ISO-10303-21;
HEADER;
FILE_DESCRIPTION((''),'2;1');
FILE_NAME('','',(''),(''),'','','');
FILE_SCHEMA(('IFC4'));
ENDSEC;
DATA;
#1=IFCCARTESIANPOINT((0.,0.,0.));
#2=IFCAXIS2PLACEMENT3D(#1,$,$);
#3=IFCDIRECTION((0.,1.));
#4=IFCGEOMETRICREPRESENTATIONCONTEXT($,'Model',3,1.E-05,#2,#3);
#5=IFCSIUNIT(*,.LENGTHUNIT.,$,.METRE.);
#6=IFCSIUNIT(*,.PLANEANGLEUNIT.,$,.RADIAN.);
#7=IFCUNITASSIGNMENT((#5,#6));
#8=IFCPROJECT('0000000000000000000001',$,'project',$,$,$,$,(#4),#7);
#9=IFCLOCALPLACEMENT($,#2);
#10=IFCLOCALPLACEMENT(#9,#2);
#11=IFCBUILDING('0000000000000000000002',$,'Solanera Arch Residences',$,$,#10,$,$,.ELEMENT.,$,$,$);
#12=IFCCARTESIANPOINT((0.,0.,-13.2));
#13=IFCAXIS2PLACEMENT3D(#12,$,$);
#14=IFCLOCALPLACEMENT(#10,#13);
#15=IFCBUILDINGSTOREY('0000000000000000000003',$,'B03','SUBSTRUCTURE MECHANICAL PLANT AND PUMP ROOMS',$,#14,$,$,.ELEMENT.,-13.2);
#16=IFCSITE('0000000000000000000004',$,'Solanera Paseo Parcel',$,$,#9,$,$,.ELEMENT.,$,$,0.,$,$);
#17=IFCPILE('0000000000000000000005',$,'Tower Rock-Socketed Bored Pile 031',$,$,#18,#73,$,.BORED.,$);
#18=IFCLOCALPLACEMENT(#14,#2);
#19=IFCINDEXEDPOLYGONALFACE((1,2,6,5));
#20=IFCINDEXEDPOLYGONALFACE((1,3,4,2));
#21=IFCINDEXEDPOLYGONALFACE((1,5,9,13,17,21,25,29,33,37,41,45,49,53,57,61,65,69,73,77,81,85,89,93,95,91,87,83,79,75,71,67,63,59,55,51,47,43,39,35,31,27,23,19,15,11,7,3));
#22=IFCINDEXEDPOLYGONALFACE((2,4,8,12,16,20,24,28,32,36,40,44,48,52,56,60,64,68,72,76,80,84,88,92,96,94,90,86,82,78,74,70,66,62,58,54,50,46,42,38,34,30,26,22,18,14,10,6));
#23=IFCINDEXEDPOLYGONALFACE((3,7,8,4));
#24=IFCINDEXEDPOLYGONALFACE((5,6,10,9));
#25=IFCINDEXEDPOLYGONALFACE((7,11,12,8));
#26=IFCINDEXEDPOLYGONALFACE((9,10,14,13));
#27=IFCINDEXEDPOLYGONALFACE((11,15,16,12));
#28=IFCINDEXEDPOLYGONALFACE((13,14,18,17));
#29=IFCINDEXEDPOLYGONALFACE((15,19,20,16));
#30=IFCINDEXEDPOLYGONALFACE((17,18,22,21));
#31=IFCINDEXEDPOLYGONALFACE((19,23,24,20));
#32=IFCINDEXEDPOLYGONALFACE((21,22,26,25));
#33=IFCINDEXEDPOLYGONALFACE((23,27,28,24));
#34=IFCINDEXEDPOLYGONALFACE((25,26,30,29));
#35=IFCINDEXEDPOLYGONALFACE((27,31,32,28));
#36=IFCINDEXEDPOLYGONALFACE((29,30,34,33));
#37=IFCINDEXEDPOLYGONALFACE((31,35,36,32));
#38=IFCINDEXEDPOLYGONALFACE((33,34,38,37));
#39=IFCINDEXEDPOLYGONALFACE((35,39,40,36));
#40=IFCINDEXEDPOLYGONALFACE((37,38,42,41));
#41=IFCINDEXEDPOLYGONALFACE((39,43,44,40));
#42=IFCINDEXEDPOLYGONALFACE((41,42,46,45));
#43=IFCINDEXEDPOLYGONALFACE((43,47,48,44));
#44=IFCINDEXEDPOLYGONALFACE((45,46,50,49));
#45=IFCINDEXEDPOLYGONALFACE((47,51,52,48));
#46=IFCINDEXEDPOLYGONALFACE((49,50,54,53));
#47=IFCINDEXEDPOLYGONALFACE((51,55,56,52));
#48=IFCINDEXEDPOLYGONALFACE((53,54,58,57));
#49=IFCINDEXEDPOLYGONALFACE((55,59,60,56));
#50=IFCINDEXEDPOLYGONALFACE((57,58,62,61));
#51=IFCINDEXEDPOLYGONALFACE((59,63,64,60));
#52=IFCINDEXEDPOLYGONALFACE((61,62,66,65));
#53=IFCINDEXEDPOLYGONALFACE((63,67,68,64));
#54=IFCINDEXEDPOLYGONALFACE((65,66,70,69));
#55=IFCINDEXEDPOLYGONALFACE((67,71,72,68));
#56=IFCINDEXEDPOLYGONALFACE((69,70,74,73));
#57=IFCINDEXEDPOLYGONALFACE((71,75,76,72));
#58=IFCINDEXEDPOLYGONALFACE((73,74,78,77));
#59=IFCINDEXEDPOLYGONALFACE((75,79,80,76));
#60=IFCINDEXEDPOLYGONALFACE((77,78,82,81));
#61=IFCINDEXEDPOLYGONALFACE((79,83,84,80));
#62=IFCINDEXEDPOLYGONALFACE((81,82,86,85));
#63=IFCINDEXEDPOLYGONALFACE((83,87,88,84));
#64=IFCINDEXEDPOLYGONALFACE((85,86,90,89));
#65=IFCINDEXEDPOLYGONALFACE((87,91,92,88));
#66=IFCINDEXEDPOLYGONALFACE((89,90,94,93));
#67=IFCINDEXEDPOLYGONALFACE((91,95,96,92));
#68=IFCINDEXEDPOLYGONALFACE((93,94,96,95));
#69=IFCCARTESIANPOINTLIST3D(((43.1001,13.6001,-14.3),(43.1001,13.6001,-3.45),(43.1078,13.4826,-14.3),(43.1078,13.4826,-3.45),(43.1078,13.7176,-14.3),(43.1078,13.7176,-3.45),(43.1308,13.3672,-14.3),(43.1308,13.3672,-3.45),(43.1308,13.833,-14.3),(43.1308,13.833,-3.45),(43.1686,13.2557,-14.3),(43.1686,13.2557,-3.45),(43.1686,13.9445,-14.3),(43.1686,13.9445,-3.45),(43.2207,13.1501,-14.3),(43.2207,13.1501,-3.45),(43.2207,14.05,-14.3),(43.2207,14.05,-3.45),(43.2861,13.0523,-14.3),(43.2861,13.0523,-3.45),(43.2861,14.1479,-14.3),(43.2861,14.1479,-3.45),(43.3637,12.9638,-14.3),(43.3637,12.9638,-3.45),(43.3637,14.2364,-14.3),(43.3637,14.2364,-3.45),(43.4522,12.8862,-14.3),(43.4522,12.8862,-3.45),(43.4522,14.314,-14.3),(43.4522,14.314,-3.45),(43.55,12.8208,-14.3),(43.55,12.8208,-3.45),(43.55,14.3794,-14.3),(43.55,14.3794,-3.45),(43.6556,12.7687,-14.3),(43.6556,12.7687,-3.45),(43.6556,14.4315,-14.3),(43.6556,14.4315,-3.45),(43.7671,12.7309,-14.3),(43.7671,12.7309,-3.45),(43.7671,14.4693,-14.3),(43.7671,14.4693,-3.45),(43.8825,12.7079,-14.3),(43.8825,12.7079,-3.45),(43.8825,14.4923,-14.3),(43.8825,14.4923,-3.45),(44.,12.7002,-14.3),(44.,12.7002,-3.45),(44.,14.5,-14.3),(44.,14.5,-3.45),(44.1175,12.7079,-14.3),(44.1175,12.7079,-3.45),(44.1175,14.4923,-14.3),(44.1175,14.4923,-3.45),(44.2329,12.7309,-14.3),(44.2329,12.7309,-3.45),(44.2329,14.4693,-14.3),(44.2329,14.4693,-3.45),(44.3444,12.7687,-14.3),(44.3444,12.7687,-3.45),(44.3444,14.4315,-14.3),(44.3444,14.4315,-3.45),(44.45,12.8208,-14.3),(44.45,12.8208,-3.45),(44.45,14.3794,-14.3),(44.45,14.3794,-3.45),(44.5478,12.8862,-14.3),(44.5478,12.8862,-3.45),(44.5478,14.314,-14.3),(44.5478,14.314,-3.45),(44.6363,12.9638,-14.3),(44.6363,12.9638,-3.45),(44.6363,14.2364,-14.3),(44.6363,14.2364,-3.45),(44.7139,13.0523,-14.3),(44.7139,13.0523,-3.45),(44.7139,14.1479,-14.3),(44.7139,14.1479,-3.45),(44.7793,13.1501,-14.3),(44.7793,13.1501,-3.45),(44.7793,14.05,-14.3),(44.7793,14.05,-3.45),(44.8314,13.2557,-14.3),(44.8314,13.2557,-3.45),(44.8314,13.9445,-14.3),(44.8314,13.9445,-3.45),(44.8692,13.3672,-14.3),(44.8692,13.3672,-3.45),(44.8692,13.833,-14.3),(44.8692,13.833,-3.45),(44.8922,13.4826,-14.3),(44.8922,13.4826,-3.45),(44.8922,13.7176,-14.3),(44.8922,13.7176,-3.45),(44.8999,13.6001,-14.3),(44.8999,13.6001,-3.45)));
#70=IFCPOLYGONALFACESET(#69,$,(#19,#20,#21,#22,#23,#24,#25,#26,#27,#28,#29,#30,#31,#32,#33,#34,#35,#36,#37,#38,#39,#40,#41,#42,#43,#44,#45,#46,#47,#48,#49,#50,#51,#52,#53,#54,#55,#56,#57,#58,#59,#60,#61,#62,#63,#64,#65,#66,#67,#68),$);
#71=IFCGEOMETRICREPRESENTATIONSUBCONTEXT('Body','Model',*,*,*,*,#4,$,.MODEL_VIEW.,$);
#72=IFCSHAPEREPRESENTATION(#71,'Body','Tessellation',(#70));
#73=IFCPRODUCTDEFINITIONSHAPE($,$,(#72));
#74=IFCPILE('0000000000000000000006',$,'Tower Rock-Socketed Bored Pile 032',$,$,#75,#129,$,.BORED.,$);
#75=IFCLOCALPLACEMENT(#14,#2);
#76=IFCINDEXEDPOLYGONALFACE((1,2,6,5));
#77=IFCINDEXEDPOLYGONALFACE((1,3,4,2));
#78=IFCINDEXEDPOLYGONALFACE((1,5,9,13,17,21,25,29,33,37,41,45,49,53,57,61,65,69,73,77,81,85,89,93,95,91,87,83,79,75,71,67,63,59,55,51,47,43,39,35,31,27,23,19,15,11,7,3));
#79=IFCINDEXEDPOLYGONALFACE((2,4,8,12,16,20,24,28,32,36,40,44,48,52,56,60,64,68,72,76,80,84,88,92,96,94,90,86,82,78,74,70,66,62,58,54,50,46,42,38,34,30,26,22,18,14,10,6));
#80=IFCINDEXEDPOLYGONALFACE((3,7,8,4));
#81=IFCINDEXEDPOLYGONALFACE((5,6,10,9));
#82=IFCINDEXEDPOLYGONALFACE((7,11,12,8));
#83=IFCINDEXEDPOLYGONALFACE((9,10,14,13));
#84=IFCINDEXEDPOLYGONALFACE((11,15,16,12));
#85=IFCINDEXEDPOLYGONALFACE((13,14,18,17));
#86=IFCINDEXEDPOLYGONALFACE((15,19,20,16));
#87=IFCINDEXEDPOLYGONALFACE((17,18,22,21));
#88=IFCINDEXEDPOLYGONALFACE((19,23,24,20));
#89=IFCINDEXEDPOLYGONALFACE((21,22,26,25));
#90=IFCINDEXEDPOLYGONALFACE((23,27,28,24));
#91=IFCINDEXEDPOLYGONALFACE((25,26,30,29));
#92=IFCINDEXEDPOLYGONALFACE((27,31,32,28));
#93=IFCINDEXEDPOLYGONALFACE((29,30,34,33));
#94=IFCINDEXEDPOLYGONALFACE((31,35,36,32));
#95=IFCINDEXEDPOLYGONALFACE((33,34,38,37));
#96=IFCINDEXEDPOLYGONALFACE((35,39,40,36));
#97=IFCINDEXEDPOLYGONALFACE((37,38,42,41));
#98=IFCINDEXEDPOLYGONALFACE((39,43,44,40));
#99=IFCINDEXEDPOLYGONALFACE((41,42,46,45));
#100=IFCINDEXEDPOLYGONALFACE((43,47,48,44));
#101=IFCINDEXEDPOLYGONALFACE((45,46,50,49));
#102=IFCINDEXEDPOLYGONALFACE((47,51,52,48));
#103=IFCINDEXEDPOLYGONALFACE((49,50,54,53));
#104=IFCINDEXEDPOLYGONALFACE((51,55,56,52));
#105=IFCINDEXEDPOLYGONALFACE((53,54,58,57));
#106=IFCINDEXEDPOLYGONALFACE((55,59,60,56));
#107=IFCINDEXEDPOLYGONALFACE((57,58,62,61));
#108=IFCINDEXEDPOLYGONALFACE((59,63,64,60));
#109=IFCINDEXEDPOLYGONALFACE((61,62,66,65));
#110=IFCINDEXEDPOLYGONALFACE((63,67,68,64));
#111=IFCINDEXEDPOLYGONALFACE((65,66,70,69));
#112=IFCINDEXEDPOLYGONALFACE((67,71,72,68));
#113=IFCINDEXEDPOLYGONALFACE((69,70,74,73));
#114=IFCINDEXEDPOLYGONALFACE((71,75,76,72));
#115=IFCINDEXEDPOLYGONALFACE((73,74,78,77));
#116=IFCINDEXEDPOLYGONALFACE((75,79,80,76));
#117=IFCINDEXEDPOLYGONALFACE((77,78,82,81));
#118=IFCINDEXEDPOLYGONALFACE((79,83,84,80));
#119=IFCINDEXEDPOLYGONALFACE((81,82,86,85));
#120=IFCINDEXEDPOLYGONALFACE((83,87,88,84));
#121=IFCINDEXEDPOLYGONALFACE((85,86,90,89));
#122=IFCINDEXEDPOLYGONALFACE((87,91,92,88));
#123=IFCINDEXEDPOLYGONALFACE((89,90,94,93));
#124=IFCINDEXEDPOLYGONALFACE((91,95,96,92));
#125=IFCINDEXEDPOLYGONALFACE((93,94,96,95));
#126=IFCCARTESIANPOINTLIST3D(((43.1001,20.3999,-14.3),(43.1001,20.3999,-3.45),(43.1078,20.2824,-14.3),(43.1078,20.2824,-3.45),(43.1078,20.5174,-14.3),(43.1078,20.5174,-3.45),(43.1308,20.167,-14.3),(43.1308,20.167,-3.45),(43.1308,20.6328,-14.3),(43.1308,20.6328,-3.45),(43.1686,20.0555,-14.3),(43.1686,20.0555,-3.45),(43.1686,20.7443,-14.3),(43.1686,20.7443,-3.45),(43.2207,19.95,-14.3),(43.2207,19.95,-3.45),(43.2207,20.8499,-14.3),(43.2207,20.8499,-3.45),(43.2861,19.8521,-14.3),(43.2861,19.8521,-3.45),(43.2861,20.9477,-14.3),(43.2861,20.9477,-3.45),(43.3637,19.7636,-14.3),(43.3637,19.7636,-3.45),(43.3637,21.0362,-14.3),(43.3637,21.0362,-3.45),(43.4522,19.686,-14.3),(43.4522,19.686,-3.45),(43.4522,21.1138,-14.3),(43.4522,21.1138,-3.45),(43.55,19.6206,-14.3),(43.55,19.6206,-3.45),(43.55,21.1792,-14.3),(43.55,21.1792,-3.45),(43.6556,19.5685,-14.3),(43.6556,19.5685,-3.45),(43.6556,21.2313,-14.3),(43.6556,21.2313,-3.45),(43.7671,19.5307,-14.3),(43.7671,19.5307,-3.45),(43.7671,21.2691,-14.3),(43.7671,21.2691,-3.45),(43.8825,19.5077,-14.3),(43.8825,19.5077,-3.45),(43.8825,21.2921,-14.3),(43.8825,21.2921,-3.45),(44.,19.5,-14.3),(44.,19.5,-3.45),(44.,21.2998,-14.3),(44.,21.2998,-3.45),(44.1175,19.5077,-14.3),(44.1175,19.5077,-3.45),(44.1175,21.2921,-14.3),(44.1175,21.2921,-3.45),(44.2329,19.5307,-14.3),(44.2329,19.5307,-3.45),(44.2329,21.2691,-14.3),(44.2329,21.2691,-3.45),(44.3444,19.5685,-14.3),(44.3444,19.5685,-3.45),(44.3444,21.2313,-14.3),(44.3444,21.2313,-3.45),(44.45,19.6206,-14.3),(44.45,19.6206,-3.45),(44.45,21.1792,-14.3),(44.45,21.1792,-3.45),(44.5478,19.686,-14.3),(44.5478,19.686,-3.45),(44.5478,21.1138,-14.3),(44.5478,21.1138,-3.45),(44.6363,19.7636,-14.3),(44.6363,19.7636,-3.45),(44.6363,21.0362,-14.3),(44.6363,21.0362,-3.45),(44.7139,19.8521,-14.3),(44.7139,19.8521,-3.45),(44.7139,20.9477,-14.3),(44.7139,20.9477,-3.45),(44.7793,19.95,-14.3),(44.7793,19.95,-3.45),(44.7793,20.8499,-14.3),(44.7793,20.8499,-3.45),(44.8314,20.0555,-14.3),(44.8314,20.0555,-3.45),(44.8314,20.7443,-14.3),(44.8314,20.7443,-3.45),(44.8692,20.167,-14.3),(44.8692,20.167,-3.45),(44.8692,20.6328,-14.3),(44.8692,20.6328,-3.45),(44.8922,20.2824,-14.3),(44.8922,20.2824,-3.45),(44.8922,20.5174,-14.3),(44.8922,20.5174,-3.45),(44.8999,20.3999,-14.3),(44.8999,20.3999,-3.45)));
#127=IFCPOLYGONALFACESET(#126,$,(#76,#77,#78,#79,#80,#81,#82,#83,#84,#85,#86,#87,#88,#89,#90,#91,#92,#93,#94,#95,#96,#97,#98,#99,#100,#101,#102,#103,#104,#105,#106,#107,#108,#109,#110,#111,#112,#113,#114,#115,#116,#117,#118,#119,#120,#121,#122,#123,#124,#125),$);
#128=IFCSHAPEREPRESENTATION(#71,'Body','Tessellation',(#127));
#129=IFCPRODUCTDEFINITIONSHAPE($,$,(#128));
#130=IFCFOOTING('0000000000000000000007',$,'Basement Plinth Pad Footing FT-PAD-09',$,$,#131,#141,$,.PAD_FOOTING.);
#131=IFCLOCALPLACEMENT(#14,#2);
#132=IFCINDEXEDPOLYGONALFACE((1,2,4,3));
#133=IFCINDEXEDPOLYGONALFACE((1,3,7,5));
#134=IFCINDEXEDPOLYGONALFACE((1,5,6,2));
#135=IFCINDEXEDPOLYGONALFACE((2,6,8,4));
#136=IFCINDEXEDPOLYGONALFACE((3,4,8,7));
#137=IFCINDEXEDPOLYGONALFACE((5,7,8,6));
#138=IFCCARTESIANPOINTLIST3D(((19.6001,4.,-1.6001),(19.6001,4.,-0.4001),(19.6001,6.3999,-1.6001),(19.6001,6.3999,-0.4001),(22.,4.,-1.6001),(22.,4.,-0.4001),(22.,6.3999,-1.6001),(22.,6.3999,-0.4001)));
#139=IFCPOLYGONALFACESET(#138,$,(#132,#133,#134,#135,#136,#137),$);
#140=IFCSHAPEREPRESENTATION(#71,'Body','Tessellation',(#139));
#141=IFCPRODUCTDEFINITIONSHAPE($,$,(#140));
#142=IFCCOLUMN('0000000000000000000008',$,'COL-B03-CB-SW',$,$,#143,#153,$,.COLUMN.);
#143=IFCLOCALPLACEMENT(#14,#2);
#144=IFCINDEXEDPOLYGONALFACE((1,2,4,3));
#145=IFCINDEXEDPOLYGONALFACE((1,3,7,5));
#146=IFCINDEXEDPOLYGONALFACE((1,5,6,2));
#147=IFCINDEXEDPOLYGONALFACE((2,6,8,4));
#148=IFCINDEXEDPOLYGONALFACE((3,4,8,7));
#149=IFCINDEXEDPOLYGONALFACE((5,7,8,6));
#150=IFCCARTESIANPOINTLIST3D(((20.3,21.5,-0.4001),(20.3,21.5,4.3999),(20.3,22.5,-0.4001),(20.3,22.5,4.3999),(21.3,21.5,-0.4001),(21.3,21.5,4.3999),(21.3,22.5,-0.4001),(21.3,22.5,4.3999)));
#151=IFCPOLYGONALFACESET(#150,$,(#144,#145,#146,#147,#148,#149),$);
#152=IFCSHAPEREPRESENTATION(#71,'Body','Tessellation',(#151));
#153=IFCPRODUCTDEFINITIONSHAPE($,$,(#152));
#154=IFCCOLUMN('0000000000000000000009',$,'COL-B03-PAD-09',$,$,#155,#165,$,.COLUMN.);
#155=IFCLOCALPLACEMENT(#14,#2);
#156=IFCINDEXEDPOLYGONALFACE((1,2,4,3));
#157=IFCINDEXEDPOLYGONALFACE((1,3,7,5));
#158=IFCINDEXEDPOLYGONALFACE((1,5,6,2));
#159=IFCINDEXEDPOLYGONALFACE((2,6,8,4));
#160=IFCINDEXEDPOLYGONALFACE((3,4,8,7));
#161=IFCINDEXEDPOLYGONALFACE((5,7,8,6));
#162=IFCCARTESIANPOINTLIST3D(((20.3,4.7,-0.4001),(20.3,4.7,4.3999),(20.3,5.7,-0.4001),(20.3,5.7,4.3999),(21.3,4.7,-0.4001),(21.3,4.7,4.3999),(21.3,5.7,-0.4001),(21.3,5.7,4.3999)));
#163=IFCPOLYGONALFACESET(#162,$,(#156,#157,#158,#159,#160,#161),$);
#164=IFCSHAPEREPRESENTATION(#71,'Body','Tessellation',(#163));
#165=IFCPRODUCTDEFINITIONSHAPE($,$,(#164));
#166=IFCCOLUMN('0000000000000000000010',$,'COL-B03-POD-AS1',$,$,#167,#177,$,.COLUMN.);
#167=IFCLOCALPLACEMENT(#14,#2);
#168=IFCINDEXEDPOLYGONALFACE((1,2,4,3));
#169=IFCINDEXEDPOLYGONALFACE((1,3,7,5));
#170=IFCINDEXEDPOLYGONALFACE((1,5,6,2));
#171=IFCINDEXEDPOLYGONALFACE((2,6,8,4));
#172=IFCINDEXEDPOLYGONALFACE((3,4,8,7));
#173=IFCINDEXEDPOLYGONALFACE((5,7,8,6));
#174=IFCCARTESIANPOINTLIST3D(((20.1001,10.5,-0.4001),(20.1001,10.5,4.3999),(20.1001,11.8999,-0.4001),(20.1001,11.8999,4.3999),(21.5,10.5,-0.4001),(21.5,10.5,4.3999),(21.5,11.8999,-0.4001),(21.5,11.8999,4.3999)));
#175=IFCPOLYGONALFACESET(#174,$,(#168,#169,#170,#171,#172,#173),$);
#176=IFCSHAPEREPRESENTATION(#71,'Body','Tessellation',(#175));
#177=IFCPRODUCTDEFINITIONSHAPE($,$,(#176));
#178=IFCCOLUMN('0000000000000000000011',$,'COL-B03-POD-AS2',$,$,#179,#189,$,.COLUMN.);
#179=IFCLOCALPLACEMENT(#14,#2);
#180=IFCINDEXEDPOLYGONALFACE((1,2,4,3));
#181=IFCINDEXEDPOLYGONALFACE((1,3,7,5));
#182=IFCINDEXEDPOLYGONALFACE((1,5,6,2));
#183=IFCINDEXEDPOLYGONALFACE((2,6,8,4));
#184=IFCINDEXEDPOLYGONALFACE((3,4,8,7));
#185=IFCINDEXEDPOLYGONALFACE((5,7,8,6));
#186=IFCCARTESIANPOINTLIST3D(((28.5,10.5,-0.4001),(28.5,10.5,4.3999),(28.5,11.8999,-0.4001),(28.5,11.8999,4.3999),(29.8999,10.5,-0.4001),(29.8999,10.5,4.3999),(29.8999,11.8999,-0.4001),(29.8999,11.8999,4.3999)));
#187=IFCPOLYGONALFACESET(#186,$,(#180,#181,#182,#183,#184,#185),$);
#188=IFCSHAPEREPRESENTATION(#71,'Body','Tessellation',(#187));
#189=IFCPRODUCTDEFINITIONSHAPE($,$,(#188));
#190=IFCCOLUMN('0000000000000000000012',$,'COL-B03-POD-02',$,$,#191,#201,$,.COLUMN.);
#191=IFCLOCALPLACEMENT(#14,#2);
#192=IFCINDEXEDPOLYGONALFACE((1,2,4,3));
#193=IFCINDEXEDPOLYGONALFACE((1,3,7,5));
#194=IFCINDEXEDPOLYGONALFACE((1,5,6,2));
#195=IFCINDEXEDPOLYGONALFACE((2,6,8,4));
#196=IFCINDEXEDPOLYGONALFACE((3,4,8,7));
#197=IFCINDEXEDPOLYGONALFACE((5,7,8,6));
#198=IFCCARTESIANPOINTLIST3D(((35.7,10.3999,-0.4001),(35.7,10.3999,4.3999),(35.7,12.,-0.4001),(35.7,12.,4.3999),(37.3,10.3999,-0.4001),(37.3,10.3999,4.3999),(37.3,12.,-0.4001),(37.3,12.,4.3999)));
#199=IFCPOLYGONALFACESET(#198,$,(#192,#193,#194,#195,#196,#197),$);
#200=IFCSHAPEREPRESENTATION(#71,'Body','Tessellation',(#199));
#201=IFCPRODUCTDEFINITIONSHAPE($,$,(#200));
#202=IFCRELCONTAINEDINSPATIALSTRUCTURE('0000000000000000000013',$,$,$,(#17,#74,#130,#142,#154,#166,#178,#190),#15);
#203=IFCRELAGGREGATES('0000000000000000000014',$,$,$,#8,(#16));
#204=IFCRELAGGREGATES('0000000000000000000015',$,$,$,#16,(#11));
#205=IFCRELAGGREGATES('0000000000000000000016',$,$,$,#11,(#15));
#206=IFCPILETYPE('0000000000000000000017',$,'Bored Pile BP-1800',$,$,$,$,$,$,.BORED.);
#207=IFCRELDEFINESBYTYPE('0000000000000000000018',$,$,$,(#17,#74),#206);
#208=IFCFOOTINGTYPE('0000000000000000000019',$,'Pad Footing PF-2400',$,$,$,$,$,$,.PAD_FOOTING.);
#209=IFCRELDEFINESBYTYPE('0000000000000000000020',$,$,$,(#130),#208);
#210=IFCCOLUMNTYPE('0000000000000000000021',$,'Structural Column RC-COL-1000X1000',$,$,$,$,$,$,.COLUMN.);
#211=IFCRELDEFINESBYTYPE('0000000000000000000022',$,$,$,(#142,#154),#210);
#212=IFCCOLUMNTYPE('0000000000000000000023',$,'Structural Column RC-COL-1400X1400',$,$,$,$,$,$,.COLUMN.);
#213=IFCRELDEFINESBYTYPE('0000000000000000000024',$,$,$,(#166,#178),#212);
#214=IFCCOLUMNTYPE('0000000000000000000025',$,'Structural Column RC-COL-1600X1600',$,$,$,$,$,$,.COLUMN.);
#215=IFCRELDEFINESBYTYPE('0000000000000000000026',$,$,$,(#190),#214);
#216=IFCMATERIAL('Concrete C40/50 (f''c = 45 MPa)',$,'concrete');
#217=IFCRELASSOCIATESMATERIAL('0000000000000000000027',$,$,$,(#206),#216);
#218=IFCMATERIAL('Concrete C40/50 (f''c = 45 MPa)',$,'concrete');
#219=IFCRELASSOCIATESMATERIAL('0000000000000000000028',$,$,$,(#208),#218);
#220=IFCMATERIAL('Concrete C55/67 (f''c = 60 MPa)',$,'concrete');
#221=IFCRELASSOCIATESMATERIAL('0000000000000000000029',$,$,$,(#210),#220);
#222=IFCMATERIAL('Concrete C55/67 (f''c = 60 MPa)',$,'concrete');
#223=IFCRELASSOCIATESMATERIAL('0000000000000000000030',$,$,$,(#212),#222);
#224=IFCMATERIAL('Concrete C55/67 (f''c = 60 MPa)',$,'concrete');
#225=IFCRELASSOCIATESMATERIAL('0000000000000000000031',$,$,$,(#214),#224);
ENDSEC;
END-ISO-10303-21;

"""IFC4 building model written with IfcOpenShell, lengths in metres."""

from ifc_helpers import new_model, si_unit, direction, frame, origin, origin_2d, place, context, subcontext, project, spatial, rectangle, circle, extrude, material, material_profile, profile_set, type_object, element, save


model = new_model("IFC4")

# Units and contexts
model_context = context("Model", 3, precision=1e-05, world=origin(), true_north=direction((0.0, 1.0)))
body_context = subcontext(model_context, "Body", "Model", "MODEL_VIEW")
ifc_project = project(units=[si_unit("LENGTHUNIT", "METRE"), si_unit("PLANEANGLEUNIT", "RADIAN")], contexts=[model_context])

# Site, building, storey
site_placement = place(None, origin())
site = spatial("IfcSite", under=ifc_project, at=site_placement, Name="Solanera Paseo Parcel", CompositionType="ELEMENT", RefElevation=0.0)
building_placement = place(site_placement, origin())
building = spatial("IfcBuilding", under=site, at=building_placement, Name="Solanera Arch Residences", CompositionType="ELEMENT")
storey_placement = place(building_placement, frame((0.0, 0.0, -13.2)))
storey = spatial("IfcBuildingStorey", under=building, at=storey_placement, Name="B03", Description="SUBSTRUCTURE MECHANICAL PLANT AND PUMP ROOMS", CompositionType="ELEMENT", Elevation=-13.2)

# Piles
ifc_material_1 = material(Name="Concrete C40/50 (f'c = 45 MPa)", Category="concrete")
ifc_material_profile_1 = material_profile(ifc_material_1, circle(Radius=0.8999, at=origin_2d()))
ifc_profile_set_1 = profile_set([ifc_material_profile_1], Name="Concrete C40/50 (f'c = 45 MPa)")
pile_type = type_object("IfcPileType", Name="Bored Pile BP-1800", PredefinedType="BORED", material=ifc_profile_set_1)
for number, where, z_axis, x_axis, name in (
    (1, (44.0, 13.6001, -3.45), (0.0, 0.0, -1.0), (1.0, 0.0, 0.0), "Tower Rock-Socketed Bored Pile 031"),
    (2, (44.0, 20.3999, -3.45), (0.0, 0.0, -1.0), (1.0, 0.0, 0.0), "Tower Rock-Socketed Bored Pile 032"),
):
    element("IfcPile", number, at=place(storey_placement, frame(where, z_axis=z_axis, x_axis=x_axis)), inside=storey, type_object=pile_type, Name=name, PredefinedType="BORED", context=body_context, shape_type="SweptSolid", body=[
        extrude(circle(Radius=0.8999, at=origin_2d()), origin(), (0.0, 0.0, 1.0), 10.8501),
    ])

# Footing
ifc_material_2 = material(Name="Concrete C40/50 (f'c = 45 MPa)", Category="concrete")
footing_type = type_object("IfcFootingType", Name="Pad Footing PF-2400", PredefinedType="PAD_FOOTING", material=ifc_material_2)
footing_placement = place(storey_placement, frame((20.8, 5.2, -1.6001), z_axis=(0.0, 0.0, 1.0), x_axis=(1.0, 0.0, 0.0)))
element("IfcFooting", 3, at=footing_placement, inside=storey, type_object=footing_type, Name="Basement Plinth Pad Footing FT-PAD-09", PredefinedType="PAD_FOOTING", context=body_context, shape_type="SweptSolid", body=[
    extrude(rectangle(XDim=2.3999, YDim=2.3999, at=origin_2d()), origin(), (0.0, 0.0, 1.0), 1.2),
])

# Columns
ifc_material_3 = material(Name="Concrete C55/67 (f'c = 60 MPa)", Category="concrete")
ifc_material_profile_2 = material_profile(ifc_material_3, rectangle(XDim=1.0, YDim=1.0, at=origin_2d()))
ifc_profile_set_2 = profile_set([ifc_material_profile_2], Name="Concrete C55/67 (f'c = 60 MPa)")
column_type_1 = type_object("IfcColumnType", Name="Structural Column RC-COL-1000X1000", PredefinedType="COLUMN", material=ifc_profile_set_2)
for number, where, z_axis, x_axis, name in (
    (4, (20.8, 22.0, -0.4001), (0.0, 0.0, 1.0), (1.0, 0.0, 0.0), "COL-B03-CB-SW"),
    (5, (20.8, 5.2, -0.4001), (0.0, 0.0, 1.0), (1.0, 0.0, 0.0), "COL-B03-PAD-09"),
):
    element("IfcColumn", number, at=place(storey_placement, frame(where, z_axis=z_axis, x_axis=x_axis)), inside=storey, type_object=column_type_1, Name=name, PredefinedType="COLUMN", context=body_context, shape_type="SweptSolid", body=[
        extrude(rectangle(XDim=1.0, YDim=1.0, at=origin_2d()), origin(), (0.0, 0.0, 1.0), 4.8),
    ])
ifc_material_4 = material(Name="Concrete C55/67 (f'c = 60 MPa)", Category="concrete")
ifc_material_profile_3 = material_profile(ifc_material_4, rectangle(XDim=1.3999, YDim=1.3999, at=origin_2d()))
ifc_profile_set_3 = profile_set([ifc_material_profile_3], Name="Concrete C55/67 (f'c = 60 MPa)")
column_type_2 = type_object("IfcColumnType", Name="Structural Column RC-COL-1400X1400", PredefinedType="COLUMN", material=ifc_profile_set_3)
for number, where, z_axis, x_axis, name in (
    (6, (20.8, 11.2, -0.4001), (0.0, 0.0, 1.0), (1.0, 0.0, 0.0), "COL-B03-POD-AS1"),
    (7, (29.2, 11.2, -0.4001), (0.0, 0.0, 1.0), (1.0, 0.0, 0.0), "COL-B03-POD-AS2"),
):
    element("IfcColumn", number, at=place(storey_placement, frame(where, z_axis=z_axis, x_axis=x_axis)), inside=storey, type_object=column_type_2, Name=name, PredefinedType="COLUMN", context=body_context, shape_type="SweptSolid", body=[
        extrude(rectangle(XDim=1.3999, YDim=1.3999, at=origin_2d()), origin(), (0.0, 0.0, 1.0), 4.8),
    ])
ifc_material_5 = material(Name="Concrete C55/67 (f'c = 60 MPa)", Category="concrete")
ifc_material_profile_4 = material_profile(ifc_material_5, rectangle(XDim=1.6001, YDim=1.6001, at=origin_2d()))
ifc_profile_set_4 = profile_set([ifc_material_profile_4], Name="Concrete C55/67 (f'c = 60 MPa)")
column_type_3 = type_object("IfcColumnType", Name="Structural Column RC-COL-1600X1600", PredefinedType="COLUMN", material=ifc_profile_set_4)
column_placement = place(storey_placement, frame((36.5, 11.2, -0.4001), z_axis=(0.0, 0.0, 1.0), x_axis=(1.0, 0.0, 0.0)))
element("IfcColumn", 8, at=column_placement, inside=storey, type_object=column_type_3, Name="COL-B03-POD-02", PredefinedType="COLUMN", context=body_context, shape_type="SweptSolid", body=[
    extrude(rectangle(XDim=1.6001, YDim=1.6001, at=origin_2d()), origin(), (0.0, 0.0, 1.0), 4.8),
])

save(model, "model.ifc")
